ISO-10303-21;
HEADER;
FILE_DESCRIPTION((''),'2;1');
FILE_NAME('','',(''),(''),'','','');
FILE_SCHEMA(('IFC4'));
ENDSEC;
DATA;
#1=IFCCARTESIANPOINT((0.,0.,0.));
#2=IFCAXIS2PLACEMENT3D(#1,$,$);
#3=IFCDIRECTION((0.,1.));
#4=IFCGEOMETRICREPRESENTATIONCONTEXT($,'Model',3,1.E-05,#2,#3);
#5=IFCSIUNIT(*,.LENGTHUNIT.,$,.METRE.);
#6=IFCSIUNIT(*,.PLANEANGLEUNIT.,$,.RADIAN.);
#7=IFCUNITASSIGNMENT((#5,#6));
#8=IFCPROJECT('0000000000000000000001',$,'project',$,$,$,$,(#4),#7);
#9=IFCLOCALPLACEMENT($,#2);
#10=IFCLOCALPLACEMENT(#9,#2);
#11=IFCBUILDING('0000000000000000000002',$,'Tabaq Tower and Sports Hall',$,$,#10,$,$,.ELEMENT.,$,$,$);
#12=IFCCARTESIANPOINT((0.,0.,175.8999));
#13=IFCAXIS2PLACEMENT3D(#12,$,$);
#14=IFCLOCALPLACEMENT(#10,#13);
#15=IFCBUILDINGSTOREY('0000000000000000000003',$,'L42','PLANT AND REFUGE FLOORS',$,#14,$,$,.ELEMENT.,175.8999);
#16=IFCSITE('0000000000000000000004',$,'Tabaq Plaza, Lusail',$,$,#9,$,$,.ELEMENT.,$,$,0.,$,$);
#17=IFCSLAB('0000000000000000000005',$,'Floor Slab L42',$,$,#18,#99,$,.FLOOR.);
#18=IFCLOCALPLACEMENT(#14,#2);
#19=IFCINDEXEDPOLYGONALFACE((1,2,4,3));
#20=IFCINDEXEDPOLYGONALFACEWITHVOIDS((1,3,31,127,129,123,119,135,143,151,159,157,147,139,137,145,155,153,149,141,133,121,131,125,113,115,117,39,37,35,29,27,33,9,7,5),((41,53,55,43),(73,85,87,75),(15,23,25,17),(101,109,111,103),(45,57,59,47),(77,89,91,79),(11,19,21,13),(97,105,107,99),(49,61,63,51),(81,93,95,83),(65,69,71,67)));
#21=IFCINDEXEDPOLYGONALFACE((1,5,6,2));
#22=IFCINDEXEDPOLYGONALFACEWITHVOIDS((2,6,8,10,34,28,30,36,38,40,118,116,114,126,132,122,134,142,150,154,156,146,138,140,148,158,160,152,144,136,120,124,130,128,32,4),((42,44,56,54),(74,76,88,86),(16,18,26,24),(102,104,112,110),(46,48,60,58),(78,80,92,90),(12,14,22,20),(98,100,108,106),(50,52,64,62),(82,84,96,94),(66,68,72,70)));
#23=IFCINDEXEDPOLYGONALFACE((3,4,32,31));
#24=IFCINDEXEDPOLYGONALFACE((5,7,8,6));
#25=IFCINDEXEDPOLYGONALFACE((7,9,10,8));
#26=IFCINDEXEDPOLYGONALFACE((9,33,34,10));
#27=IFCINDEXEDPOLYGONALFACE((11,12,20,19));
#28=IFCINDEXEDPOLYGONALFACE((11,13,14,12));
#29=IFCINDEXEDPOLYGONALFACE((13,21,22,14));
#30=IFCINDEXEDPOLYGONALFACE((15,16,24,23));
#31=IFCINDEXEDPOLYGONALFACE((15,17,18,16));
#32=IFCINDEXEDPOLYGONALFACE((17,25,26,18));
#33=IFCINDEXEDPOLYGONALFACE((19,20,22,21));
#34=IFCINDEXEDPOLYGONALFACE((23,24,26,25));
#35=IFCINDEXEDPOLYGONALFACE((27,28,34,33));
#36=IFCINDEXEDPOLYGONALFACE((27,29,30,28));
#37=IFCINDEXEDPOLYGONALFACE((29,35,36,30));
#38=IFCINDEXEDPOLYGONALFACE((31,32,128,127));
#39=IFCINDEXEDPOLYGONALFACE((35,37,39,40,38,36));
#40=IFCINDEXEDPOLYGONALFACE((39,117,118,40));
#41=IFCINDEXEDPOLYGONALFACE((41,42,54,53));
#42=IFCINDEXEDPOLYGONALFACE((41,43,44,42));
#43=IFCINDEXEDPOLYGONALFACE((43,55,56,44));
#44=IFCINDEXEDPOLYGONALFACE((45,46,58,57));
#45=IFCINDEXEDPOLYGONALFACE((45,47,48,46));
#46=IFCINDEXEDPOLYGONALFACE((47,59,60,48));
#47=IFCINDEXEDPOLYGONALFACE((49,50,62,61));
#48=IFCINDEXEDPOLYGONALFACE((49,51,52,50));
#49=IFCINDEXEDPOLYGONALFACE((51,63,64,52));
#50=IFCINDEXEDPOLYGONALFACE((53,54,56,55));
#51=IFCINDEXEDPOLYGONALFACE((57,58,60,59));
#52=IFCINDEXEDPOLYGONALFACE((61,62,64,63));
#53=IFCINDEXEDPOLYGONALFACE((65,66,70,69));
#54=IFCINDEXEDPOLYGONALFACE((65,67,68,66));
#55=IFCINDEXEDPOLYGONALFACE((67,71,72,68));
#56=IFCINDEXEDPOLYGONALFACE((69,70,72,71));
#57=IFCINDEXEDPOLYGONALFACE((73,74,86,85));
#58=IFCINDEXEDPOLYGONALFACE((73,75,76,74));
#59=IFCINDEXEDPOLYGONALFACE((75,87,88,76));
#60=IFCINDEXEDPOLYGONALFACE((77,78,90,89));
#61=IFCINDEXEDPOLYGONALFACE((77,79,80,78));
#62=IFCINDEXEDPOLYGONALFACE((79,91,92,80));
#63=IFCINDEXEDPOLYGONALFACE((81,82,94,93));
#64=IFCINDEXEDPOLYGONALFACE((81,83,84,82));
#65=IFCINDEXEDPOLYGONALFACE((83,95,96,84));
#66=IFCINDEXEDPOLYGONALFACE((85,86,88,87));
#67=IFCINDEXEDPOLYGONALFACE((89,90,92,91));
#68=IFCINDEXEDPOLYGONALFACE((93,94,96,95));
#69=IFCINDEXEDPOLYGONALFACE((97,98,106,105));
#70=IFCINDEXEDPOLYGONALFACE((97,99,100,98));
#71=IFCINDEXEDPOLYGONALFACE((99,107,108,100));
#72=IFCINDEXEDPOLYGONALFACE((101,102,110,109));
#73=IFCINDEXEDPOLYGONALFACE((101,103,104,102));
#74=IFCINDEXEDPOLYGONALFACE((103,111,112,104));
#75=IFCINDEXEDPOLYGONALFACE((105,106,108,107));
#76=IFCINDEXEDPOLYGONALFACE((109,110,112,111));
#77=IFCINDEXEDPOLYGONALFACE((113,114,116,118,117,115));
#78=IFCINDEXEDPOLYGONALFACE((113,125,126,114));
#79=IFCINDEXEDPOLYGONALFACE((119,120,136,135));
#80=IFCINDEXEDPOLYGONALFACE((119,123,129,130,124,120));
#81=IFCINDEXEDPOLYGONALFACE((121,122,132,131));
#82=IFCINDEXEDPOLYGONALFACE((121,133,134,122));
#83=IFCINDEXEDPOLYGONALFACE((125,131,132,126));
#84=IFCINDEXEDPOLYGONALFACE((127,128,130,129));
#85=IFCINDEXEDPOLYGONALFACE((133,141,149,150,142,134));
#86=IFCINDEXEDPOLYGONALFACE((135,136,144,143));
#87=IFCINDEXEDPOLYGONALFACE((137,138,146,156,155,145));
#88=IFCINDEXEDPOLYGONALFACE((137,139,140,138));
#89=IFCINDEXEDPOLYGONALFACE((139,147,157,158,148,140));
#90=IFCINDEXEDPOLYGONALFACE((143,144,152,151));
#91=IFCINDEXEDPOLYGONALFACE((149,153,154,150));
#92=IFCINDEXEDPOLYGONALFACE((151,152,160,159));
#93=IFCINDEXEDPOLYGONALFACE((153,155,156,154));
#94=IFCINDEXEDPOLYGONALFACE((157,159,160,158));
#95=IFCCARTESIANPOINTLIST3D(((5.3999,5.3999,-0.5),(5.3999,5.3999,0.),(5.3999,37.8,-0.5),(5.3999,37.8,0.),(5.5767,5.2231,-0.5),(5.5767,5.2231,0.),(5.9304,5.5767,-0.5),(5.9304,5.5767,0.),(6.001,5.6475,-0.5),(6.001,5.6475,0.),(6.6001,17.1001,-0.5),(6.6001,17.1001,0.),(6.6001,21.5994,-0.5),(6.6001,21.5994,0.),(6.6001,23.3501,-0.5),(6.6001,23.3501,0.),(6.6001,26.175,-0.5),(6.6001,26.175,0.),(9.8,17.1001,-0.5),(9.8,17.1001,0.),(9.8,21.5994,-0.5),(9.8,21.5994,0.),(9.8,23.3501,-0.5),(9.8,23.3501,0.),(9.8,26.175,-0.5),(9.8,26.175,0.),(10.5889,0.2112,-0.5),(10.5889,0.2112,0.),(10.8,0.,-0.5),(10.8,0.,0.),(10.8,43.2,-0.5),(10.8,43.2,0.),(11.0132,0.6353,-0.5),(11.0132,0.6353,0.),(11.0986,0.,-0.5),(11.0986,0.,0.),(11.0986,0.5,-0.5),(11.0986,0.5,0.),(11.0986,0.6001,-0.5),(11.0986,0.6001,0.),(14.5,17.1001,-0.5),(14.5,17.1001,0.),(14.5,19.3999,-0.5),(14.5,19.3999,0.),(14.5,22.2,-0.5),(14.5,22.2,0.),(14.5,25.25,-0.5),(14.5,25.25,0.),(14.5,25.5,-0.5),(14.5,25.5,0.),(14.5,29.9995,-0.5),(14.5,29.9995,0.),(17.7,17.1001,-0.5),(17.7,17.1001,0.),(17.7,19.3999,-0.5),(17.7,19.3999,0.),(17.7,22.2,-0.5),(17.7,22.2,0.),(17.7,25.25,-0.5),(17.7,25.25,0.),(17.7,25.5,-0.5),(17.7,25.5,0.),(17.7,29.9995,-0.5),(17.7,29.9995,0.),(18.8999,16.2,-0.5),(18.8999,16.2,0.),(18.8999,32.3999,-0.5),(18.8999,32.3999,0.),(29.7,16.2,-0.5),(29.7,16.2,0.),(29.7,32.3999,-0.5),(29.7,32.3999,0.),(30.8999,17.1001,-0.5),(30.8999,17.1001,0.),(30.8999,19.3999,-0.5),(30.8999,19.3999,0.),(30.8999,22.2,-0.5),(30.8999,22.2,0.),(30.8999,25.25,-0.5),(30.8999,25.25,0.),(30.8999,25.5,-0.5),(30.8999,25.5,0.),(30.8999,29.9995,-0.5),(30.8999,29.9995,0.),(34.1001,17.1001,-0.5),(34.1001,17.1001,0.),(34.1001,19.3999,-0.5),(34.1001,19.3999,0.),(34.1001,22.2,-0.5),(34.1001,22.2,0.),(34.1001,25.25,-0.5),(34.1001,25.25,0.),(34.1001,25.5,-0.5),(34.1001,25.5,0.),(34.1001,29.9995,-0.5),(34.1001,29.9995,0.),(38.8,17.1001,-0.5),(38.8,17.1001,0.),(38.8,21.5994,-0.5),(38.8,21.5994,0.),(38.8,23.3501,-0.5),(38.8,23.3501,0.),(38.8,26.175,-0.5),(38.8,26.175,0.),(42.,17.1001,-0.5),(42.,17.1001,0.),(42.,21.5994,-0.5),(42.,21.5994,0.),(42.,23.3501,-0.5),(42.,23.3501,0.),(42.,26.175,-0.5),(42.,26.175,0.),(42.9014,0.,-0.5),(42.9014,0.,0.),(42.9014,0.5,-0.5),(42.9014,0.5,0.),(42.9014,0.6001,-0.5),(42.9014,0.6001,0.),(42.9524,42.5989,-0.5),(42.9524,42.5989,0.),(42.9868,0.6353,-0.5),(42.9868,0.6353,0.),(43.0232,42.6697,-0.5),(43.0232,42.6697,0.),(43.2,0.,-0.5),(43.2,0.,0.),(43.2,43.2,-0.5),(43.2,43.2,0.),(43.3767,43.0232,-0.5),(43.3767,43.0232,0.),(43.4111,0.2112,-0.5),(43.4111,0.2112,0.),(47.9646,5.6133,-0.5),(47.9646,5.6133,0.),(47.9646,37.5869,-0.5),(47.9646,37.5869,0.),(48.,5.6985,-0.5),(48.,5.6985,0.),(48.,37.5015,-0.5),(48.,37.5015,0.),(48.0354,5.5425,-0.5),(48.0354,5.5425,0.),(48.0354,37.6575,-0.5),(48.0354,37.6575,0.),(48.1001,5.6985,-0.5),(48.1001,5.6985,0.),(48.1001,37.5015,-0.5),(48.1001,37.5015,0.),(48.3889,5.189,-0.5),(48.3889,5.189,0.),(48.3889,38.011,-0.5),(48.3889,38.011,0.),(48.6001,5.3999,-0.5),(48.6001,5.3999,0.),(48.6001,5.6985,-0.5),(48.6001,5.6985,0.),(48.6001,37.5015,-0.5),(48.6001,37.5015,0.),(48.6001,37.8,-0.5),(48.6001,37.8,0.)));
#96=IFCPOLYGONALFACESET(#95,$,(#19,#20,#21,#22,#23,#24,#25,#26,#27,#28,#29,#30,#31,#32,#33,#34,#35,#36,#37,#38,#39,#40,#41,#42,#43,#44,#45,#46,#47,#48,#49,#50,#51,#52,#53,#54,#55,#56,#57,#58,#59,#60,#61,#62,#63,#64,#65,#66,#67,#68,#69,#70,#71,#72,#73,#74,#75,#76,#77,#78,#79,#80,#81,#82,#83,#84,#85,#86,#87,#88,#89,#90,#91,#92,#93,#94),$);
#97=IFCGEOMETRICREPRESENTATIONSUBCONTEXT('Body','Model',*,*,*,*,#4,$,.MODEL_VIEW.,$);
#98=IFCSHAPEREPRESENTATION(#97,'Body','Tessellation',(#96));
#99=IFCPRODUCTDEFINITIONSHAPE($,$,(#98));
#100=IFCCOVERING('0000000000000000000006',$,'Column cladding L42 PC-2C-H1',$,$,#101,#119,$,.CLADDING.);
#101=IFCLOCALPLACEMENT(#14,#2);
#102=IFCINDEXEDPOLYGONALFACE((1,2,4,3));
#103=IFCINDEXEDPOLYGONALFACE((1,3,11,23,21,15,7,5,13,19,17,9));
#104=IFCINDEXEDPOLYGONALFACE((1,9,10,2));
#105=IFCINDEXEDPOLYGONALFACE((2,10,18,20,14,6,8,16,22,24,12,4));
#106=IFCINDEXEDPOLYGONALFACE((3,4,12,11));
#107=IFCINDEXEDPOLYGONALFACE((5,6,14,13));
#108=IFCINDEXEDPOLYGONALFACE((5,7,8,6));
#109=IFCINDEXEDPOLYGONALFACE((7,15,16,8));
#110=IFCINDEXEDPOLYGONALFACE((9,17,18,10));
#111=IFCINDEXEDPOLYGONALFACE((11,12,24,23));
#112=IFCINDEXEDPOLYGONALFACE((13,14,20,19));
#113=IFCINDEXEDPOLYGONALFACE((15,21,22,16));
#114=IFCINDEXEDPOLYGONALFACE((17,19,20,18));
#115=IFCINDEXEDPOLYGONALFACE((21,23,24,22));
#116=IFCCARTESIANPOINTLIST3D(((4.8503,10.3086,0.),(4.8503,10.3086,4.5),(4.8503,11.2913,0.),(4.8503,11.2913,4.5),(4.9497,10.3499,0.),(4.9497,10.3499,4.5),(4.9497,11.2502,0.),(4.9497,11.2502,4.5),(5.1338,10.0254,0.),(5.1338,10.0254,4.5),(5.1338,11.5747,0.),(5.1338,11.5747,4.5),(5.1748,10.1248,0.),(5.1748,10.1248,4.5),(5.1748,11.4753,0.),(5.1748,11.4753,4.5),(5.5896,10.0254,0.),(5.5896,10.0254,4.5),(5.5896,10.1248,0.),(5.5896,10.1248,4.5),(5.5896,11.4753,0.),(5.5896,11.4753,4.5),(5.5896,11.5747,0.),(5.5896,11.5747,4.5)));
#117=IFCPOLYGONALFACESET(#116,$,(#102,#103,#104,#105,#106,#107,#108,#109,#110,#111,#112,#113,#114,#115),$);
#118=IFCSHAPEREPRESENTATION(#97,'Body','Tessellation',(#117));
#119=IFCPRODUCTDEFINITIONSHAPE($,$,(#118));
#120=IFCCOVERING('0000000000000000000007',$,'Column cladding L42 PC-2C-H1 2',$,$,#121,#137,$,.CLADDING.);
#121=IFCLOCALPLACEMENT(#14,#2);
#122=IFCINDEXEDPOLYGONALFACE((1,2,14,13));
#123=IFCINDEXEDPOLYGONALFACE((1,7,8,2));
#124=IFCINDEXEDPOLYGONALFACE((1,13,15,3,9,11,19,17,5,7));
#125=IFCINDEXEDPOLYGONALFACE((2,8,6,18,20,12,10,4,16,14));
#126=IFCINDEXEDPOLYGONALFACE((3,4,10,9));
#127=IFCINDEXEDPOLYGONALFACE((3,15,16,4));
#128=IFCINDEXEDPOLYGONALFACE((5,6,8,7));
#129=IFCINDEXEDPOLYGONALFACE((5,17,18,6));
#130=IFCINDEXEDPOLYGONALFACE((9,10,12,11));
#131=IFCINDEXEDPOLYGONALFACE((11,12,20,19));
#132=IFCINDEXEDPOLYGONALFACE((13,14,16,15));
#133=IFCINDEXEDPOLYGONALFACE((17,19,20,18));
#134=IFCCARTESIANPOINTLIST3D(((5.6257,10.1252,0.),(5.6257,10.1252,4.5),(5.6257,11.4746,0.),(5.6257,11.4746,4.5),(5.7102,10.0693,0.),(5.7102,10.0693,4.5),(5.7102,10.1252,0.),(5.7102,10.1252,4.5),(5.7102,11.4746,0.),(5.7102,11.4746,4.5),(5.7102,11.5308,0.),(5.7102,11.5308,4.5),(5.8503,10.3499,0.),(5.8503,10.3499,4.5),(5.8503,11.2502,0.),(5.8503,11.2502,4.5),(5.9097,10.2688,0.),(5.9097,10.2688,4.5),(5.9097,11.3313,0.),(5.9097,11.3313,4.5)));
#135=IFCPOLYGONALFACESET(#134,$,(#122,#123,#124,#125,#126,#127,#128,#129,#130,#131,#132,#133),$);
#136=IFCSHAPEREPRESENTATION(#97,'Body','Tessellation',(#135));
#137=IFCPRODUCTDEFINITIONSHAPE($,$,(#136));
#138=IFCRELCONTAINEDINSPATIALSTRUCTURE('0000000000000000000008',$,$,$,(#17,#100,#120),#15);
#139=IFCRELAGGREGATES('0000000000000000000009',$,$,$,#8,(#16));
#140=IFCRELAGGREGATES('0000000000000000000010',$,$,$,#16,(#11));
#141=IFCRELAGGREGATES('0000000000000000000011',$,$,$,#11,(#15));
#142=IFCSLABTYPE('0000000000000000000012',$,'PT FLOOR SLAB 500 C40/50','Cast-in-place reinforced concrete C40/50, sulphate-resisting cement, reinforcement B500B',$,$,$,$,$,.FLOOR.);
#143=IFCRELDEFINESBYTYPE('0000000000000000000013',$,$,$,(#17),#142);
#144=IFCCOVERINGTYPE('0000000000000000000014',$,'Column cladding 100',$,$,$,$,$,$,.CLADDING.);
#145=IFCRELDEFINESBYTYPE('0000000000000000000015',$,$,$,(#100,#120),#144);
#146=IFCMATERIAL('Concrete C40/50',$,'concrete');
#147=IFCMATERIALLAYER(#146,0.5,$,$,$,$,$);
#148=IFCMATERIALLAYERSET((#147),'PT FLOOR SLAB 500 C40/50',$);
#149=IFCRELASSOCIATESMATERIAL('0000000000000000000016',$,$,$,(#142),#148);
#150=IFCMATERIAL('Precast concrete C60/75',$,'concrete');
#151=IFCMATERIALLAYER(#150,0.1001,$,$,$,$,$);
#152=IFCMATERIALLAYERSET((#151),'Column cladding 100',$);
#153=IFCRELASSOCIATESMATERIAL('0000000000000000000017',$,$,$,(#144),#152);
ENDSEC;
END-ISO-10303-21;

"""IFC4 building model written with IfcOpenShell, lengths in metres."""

from ifc_helpers import new_model, si_unit, direction, frame, origin, place, context, subcontext, project, spatial, polyline, outline, extrude, material, layer, layer_set, type_object, element, save


model = new_model("IFC4")

# Units and contexts
model_context = context("Model", 3, precision=1e-05, world=origin(), true_north=direction((0.0, 1.0)))
body_context = subcontext(model_context, "Body", "Model", "MODEL_VIEW")
ifc_project = project(units=[si_unit("LENGTHUNIT", "METRE"), si_unit("PLANEANGLEUNIT", "RADIAN")], contexts=[model_context])

# Site, building, storey
site_placement = place(None, origin())
site = spatial("IfcSite", under=ifc_project, at=site_placement, Name="Tabaq Plaza, Lusail", CompositionType="ELEMENT", RefElevation=0.0)
building_placement = place(site_placement, origin())
building = spatial("IfcBuilding", under=site, at=building_placement, Name="Tabaq Tower and Sports Hall", CompositionType="ELEMENT")
storey_placement = place(building_placement, frame((0.0, 0.0, 175.8999)))
storey = spatial("IfcBuildingStorey", under=building, at=storey_placement, Name="L42", Description="PLANT AND REFUGE FLOORS", CompositionType="ELEMENT", Elevation=175.8999)

# Slab
ifc_material_1 = material(Name="Concrete C40/50", Category="concrete")
ifc_layer_1 = layer(ifc_material_1, 0.5)
ifc_layer_set_1 = layer_set([ifc_layer_1], Name="PT FLOOR SLAB 500 C40/50")
slab_type = type_object("IfcSlabType", Name="PT FLOOR SLAB 500 C40/50", Description="Cast-in-place reinforced concrete C40/50, sulphate-resisting cement, reinforcement B500B", PredefinedType="FLOOR", material=ifc_layer_set_1)
slab_placement = place(storey_placement, frame((0.0, 0.0, -0.5)))
element("IfcSlab", 1, at=slab_placement, inside=storey, type_object=slab_type, Name="Floor Slab L42", PredefinedType="FLOOR", context=body_context, shape_type="SweptSolid", body=[
    extrude(outline(polyline([(5.3999, 37.8), (5.3999, 5.3999), (5.5767, 5.2231), (5.9304, 5.5767), (6.001, 5.6475), (11.0132, 0.6353), (10.5889, 0.2112), (10.8, 0.0), (11.0986, 0.0), (11.0986, 0.5), (11.0986, 0.6001), (42.9014, 0.6001), (42.9014, 0.5), (42.9014, 0.0), (43.2, 0.0), (43.4111, 0.2112), (42.9868, 0.6353), (47.9646, 5.6133), (48.0354, 5.5425), (48.3889, 5.189), (48.6001, 5.3999), (48.6001, 5.6985), (48.1001, 5.6985), (48.0, 5.6985), (48.0, 37.5015), (48.1001, 37.5015), (48.6001, 37.5015), (48.6001, 37.8), (48.3889, 38.011), (48.0354, 37.6575), (47.9646, 37.5869), (42.9524, 42.5989), (43.0232, 42.6697), (43.3767, 43.0232), (43.2, 43.2), (10.8, 43.2), (5.3999, 37.8)]), holes=[polyline([(14.5, 19.3999), (17.7, 19.3999), (17.7, 17.1001), (14.5, 17.1001), (14.5, 19.3999)]), polyline([(6.6001, 21.5994), (9.8, 21.5994), (9.8, 17.1001), (6.6001, 17.1001), (6.6001, 21.5994)]), polyline([(14.5, 25.25), (17.7, 25.25), (17.7, 22.2), (14.5, 22.2), (14.5, 25.25)]), polyline([(18.8999, 32.3999), (29.7, 32.3999), (29.7, 16.2), (18.8999, 16.2), (18.8999, 32.3999)]), polyline([(9.8, 26.175), (9.8, 23.3501), (6.6001, 23.3501), (6.6001, 26.175), (9.8, 26.175)]), polyline([(14.5, 29.9995), (17.7, 29.9995), (17.7, 25.5), (14.5, 25.5), (14.5, 29.9995)]), polyline([(34.1001, 19.3999), (34.1001, 17.1001), (30.8999, 17.1001), (30.8999, 19.3999), (34.1001, 19.3999)]), polyline([(42.0, 21.5994), (42.0, 17.1001), (38.8, 17.1001), (38.8, 21.5994), (42.0, 21.5994)]), polyline([(30.8999, 25.25), (34.1001, 25.25), (34.1001, 22.2), (30.8999, 22.2), (30.8999, 25.25)]), polyline([(42.0, 26.175), (42.0, 23.3501), (38.8, 23.3501), (38.8, 26.175), (42.0, 26.175)]), polyline([(34.1001, 29.9995), (34.1001, 25.5), (30.8999, 25.5), (30.8999, 29.9995), (34.1001, 29.9995)])]), origin(), (0.0, 0.0, 1.0), 0.5),
])

# Coverings
ifc_material_2 = material(Name="Precast concrete C60/75", Category="concrete")
ifc_layer_2 = layer(ifc_material_2, 0.1001)
ifc_layer_set_2 = layer_set([ifc_layer_2], Name="Column cladding 100")
covering_type = type_object("IfcCoveringType", Name="Column cladding 100", PredefinedType="CLADDING", material=ifc_layer_set_2)
covering_1_placement = place(storey_placement, origin())
element("IfcCovering", 2, at=covering_1_placement, inside=storey, type_object=covering_type, Name="Column cladding L42 PC-2C-H1", PredefinedType="CLADDING", context=body_context, shape_type="SweptSolid", body=[
    extrude(outline(polyline([(5.1338, 10.0254), (4.8503, 10.3086), (4.8503, 11.2913), (5.1338, 11.5747), (5.5896, 11.5747), (5.5896, 11.4753), (5.1748, 11.4753), (4.9497, 11.2502), (4.9497, 10.3499), (5.1748, 10.1248), (5.5896, 10.1248), (5.5896, 10.0254), (5.1338, 10.0254)])), origin(), (0.0, 0.0, 1.0), 4.5),
])
covering_2_placement = place(storey_placement, origin())
element("IfcCovering", 3, at=covering_2_placement, inside=storey, type_object=covering_type, Name="Column cladding L42 PC-2C-H1 2", PredefinedType="CLADDING", context=body_context, shape_type="SweptSolid", body=[
    extrude(outline(polyline([(5.9097, 11.3313), (5.9097, 10.2688), (5.7102, 10.0693), (5.7102, 10.1252), (5.6257, 10.1252), (5.8503, 10.3499), (5.8503, 11.2502), (5.6257, 11.4746), (5.7102, 11.4746), (5.7102, 11.5308), (5.9097, 11.3313)])), origin(), (0.0, 0.0, 1.0), 4.5),
])

save(model, "model.ifc")
